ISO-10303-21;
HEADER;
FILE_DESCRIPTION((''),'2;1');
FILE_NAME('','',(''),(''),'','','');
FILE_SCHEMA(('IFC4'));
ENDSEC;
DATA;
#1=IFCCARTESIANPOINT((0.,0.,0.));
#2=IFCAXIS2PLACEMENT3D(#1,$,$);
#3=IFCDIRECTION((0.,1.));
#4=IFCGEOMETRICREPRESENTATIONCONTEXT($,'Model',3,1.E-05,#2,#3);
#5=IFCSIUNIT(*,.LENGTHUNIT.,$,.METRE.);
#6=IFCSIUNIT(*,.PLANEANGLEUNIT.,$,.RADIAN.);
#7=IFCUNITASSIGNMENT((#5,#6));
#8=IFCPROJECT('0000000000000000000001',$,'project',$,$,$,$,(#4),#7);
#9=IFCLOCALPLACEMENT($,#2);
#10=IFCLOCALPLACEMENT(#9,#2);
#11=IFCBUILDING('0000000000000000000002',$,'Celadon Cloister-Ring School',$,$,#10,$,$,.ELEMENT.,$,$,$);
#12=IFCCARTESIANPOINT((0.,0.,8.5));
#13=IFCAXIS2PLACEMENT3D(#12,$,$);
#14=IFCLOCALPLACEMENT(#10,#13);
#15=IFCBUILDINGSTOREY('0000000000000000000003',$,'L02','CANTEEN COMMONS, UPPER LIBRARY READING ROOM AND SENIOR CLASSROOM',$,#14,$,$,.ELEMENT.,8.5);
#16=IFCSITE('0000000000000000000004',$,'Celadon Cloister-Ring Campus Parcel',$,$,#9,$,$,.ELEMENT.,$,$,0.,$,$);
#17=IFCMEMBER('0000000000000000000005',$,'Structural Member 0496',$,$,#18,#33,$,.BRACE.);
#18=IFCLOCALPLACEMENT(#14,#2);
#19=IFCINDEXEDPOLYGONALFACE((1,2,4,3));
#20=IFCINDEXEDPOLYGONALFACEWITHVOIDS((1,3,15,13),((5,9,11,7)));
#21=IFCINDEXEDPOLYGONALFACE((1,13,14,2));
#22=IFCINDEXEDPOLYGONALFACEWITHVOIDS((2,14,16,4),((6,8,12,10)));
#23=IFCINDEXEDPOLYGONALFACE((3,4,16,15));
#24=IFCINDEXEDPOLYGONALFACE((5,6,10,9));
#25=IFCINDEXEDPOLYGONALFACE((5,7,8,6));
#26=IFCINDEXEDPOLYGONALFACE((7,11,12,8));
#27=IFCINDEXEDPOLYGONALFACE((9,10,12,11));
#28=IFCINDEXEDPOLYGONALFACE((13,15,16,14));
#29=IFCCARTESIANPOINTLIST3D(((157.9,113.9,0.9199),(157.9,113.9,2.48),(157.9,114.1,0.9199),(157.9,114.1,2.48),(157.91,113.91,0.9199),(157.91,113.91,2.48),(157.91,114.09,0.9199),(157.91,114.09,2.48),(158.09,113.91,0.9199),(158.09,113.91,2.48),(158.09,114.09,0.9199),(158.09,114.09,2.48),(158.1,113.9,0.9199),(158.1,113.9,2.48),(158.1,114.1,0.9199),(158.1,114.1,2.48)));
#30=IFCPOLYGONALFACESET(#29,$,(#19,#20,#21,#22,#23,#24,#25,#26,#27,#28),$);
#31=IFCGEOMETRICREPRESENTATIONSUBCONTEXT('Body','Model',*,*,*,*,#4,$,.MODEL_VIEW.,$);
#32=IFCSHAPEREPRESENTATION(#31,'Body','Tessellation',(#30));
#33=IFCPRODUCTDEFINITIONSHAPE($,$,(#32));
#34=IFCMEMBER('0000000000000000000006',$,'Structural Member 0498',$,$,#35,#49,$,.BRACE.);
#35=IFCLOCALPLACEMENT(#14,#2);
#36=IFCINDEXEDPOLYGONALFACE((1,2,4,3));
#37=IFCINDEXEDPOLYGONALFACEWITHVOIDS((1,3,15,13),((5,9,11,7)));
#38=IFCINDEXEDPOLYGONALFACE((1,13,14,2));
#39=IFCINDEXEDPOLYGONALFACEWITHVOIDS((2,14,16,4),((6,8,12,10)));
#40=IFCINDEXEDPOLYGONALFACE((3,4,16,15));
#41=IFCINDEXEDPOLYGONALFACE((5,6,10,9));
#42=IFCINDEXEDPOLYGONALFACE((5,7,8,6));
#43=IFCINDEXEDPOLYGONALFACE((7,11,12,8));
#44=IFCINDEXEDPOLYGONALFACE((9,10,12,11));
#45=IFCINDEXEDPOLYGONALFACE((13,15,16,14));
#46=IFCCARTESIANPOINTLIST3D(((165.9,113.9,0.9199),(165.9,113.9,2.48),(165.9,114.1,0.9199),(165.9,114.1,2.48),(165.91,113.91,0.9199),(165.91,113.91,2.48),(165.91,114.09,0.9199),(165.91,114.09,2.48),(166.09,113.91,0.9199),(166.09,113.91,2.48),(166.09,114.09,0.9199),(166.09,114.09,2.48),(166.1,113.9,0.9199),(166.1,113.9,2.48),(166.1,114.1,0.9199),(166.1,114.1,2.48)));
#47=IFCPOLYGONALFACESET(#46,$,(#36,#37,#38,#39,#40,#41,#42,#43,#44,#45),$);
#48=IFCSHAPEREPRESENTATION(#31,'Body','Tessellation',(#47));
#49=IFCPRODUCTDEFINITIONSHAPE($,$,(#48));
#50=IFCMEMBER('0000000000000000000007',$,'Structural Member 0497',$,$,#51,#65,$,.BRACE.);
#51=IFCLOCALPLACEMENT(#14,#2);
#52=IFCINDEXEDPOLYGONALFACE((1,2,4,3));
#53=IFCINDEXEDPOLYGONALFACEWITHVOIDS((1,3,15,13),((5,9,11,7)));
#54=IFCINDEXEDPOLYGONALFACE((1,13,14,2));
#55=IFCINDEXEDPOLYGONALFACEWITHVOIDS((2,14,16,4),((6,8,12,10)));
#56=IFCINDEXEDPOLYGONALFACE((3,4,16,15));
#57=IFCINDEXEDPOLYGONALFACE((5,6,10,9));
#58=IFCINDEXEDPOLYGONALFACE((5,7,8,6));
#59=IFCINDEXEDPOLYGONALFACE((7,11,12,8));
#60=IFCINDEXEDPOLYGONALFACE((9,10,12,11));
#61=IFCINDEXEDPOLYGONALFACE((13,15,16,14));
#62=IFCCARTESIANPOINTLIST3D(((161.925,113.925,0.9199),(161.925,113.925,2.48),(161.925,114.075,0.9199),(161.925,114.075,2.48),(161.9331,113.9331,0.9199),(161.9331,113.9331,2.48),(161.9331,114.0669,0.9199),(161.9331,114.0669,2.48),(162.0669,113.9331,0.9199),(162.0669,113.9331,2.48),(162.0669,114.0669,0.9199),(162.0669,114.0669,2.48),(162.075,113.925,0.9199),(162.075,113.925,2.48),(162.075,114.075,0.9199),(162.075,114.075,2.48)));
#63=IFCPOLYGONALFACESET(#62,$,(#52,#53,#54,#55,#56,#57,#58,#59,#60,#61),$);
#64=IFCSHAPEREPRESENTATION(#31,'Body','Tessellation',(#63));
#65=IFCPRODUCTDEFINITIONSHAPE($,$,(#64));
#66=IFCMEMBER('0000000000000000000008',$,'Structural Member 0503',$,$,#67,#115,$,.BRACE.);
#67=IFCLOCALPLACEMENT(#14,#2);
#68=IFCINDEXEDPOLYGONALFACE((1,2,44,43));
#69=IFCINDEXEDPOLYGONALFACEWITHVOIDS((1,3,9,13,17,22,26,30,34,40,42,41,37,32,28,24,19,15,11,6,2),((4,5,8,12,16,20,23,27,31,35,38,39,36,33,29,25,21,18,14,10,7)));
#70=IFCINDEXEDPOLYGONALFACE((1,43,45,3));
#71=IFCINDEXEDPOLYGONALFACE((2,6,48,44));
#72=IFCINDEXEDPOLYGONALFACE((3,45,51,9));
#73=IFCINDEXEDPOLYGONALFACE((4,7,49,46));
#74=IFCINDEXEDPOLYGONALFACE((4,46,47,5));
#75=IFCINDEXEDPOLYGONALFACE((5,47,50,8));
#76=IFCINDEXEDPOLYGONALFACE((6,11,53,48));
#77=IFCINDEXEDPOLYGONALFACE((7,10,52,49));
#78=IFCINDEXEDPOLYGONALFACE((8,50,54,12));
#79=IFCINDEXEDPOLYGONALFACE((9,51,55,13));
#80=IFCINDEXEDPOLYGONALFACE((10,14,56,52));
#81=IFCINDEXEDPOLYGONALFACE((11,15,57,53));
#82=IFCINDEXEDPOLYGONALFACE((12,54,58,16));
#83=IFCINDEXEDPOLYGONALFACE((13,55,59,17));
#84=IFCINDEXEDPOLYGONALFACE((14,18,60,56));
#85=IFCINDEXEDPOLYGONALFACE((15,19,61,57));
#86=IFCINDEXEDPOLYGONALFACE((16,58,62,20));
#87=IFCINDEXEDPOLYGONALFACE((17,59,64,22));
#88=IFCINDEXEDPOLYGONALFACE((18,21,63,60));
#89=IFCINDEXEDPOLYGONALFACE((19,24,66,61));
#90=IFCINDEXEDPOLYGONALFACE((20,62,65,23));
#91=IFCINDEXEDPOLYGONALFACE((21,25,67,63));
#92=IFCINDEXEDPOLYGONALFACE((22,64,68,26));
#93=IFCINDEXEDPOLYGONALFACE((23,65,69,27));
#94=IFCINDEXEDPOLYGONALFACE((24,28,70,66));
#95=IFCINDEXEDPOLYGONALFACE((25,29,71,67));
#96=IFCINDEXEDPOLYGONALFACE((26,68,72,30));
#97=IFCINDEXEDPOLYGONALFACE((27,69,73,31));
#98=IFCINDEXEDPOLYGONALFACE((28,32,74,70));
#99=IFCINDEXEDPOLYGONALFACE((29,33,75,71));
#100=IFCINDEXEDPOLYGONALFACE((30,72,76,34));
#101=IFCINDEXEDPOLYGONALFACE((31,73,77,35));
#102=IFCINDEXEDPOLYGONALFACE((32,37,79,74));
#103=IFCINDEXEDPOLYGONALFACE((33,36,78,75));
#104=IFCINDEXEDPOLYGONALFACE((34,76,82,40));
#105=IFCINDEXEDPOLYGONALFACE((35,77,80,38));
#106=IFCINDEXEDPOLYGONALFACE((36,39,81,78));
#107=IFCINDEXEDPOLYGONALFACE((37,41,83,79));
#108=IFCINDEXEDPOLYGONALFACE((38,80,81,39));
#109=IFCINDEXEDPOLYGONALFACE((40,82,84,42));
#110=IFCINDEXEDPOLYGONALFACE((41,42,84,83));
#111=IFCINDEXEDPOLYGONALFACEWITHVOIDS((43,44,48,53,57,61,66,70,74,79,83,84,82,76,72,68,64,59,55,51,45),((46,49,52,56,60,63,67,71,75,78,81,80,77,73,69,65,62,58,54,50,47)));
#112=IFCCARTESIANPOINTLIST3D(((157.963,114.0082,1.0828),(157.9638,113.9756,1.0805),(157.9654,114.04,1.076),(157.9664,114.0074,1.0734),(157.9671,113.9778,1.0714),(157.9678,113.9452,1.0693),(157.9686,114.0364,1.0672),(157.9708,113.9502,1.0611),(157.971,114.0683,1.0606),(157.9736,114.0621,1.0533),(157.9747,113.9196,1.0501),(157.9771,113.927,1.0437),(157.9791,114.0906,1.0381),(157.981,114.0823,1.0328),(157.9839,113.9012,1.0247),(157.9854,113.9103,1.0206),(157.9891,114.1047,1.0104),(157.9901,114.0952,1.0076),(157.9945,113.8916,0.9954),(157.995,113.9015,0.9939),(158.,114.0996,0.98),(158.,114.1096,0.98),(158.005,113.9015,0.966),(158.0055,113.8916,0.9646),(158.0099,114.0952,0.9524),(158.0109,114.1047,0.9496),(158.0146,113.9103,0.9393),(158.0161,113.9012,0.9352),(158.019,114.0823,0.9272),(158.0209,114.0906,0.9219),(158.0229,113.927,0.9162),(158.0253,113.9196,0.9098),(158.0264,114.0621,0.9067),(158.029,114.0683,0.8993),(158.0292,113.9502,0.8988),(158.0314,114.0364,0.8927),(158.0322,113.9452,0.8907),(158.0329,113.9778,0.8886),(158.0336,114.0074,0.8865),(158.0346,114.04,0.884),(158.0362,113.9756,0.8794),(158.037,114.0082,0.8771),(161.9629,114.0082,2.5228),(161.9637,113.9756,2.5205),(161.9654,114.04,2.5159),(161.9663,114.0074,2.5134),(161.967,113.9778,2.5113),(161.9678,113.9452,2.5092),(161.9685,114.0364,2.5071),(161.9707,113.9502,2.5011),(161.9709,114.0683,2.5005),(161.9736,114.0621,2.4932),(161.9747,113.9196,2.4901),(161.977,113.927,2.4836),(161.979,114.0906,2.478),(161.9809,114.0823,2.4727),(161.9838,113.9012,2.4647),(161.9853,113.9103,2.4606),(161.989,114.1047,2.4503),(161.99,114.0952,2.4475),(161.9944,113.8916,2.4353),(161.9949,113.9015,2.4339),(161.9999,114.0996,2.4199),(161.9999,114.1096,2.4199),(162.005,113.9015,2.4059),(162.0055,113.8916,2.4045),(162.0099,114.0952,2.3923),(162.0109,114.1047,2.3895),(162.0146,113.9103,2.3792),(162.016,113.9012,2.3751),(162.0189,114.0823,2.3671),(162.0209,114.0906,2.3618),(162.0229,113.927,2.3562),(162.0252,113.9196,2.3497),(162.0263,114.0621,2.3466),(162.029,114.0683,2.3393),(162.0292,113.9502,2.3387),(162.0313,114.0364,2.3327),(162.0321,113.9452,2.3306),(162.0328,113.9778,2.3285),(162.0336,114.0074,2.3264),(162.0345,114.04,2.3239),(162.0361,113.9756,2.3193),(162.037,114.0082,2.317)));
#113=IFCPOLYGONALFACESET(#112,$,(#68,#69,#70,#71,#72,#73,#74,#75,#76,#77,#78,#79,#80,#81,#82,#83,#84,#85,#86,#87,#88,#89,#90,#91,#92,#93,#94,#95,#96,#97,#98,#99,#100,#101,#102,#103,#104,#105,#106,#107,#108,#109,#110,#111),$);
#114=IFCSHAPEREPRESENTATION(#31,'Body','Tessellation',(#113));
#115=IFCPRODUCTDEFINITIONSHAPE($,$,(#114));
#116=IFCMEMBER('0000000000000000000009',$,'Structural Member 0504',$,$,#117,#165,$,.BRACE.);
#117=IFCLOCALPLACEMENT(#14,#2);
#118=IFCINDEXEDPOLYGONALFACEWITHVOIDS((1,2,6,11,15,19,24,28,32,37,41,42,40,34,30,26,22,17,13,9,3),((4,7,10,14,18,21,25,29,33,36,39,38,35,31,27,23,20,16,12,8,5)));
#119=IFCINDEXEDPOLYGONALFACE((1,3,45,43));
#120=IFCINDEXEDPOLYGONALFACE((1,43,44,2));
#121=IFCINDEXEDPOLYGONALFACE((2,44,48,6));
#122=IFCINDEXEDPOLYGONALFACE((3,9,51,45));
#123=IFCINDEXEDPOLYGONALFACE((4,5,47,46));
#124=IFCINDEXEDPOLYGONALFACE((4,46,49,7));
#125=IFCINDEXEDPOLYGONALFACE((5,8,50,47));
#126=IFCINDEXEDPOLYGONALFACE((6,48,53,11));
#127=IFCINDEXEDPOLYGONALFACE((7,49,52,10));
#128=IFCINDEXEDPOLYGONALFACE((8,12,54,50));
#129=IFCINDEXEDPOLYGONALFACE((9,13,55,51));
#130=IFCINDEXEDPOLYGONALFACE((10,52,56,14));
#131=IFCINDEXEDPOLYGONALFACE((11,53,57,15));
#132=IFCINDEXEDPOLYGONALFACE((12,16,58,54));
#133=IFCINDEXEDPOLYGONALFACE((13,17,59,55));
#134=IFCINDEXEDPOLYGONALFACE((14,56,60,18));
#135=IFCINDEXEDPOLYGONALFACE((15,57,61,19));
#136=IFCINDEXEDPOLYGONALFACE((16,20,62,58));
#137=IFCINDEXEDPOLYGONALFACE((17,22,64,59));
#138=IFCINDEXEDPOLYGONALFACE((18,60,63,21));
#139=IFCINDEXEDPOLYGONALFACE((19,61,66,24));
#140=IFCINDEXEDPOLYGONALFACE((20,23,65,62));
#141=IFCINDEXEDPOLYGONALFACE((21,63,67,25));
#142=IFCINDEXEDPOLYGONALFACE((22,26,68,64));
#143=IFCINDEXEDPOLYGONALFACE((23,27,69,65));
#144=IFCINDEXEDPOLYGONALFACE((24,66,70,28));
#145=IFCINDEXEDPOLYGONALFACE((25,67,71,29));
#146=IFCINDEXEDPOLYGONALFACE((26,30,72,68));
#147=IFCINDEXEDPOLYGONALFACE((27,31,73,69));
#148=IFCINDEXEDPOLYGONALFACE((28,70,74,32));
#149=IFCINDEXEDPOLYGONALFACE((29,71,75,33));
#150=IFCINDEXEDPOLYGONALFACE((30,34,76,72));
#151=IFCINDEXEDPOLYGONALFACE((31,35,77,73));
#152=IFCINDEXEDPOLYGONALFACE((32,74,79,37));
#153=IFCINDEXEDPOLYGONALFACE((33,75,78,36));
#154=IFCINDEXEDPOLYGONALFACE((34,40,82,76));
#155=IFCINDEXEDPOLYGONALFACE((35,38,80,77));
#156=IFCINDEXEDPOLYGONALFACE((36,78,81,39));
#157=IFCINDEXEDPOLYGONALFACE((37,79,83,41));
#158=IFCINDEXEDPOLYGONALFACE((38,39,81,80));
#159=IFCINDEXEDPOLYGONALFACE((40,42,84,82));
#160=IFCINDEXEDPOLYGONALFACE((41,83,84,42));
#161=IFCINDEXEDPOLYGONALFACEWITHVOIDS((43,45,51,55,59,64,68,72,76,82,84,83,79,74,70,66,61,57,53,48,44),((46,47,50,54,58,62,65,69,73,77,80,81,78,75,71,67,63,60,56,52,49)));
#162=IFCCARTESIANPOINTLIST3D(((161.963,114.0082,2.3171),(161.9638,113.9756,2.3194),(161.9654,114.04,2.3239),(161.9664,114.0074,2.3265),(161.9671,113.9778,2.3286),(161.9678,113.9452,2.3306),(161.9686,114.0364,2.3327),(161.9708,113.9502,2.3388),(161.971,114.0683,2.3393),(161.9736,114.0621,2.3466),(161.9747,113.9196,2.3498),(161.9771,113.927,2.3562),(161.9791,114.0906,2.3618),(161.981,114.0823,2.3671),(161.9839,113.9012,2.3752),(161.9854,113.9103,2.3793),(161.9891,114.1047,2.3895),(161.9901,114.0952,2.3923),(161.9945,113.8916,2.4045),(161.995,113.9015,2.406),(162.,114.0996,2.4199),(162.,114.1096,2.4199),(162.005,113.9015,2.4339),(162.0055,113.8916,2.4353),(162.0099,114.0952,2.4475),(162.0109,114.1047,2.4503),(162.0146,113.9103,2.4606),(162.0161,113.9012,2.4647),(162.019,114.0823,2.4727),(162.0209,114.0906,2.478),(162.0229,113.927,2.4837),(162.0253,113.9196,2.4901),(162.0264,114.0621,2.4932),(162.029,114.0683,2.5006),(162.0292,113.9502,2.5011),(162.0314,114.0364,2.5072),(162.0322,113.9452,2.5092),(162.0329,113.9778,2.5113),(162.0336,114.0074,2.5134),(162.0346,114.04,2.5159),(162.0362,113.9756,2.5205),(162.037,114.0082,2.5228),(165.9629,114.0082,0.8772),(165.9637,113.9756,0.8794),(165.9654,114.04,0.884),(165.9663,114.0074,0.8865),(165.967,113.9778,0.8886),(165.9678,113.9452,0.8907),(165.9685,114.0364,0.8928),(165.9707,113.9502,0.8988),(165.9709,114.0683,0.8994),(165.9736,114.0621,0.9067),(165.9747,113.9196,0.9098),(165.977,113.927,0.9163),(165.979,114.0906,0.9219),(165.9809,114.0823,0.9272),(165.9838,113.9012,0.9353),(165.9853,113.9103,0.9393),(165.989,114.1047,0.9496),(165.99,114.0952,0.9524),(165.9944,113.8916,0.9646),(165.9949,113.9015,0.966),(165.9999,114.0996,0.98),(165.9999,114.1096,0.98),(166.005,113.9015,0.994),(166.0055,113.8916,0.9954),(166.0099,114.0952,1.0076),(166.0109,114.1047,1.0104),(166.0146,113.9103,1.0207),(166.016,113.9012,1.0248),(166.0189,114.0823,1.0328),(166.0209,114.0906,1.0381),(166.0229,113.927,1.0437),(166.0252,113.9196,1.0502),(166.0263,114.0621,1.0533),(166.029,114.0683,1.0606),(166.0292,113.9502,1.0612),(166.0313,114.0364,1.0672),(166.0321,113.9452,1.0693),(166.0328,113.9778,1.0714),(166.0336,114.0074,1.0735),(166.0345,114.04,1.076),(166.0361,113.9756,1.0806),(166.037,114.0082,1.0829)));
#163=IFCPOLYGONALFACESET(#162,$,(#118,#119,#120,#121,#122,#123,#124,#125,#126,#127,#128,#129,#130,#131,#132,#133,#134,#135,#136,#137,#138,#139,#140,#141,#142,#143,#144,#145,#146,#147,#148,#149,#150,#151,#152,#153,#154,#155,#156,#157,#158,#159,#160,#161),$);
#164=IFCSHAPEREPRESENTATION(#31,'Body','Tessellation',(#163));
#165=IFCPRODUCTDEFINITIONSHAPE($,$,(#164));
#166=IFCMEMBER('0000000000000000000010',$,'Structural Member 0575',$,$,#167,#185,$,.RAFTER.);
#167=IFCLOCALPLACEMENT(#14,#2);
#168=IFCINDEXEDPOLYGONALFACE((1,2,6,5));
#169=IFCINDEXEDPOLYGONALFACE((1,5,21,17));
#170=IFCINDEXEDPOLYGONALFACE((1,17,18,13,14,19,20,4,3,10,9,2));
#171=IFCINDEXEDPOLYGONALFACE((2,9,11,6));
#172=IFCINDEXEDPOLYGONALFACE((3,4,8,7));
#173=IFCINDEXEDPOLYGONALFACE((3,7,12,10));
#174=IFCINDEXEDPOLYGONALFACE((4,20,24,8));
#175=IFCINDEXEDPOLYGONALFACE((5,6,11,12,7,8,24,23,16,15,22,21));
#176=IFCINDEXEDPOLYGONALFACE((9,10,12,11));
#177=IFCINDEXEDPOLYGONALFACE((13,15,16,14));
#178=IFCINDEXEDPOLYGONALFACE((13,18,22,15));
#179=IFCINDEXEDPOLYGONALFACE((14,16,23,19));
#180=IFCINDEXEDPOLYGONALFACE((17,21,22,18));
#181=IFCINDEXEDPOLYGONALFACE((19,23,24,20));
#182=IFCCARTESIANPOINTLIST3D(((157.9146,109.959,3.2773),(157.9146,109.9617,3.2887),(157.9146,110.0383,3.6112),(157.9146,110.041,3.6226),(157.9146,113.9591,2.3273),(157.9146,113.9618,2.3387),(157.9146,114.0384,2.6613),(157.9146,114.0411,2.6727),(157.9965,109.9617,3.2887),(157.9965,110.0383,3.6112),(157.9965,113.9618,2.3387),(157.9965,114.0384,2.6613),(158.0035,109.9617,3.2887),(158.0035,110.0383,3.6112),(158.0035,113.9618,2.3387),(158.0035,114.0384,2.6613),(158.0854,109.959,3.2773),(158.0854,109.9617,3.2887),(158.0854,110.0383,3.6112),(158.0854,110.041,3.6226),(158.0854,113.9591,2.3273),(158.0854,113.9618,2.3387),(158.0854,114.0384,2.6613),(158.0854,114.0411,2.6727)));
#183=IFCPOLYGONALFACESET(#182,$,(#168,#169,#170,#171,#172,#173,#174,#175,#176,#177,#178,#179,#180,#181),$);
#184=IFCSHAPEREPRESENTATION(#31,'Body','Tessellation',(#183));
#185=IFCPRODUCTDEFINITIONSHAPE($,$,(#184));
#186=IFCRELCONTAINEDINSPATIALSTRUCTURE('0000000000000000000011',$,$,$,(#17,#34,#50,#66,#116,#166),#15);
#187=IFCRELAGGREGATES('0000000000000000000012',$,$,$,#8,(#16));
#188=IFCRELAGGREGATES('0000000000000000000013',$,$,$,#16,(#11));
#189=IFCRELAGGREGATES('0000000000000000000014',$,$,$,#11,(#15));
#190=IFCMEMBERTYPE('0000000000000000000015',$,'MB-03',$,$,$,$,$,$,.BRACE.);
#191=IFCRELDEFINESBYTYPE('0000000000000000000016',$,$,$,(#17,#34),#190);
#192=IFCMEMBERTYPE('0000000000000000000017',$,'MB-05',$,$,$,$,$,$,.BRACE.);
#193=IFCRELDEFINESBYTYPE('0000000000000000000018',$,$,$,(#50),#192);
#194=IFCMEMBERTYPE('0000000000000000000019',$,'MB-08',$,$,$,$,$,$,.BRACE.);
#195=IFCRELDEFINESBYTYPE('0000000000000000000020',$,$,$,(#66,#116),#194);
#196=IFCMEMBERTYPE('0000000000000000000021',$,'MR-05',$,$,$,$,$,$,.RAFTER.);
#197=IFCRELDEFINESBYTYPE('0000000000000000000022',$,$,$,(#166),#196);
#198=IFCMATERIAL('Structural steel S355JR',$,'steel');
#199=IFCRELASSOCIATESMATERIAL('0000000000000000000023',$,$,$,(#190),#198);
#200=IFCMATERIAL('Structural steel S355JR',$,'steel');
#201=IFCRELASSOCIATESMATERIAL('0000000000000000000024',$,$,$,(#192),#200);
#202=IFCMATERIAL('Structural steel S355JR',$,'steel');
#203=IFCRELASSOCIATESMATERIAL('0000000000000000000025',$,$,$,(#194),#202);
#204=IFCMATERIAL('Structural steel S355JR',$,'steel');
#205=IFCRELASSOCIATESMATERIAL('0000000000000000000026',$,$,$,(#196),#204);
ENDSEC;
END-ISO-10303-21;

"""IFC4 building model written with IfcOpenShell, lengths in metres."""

from ifc_helpers import new_model, si_unit, direction, frame, origin, origin_2d, place, context, subcontext, project, spatial, hollow_rectangle, hollow_circle, i_section, extrude, material, material_profile, profile_set, type_object, element, save


model = new_model("IFC4")

# Units and contexts
model_context = context("Model", 3, precision=1e-05, world=origin(), true_north=direction((0.0, 1.0)))
body_context = subcontext(model_context, "Body", "Model", "MODEL_VIEW")
ifc_project = project(units=[si_unit("LENGTHUNIT", "METRE"), si_unit("PLANEANGLEUNIT", "RADIAN")], contexts=[model_context])

# Site, building, storey
site_placement = place(None, origin())
site = spatial("IfcSite", under=ifc_project, at=site_placement, Name="Celadon Cloister-Ring Campus Parcel", CompositionType="ELEMENT", RefElevation=0.0)
building_placement = place(site_placement, origin())
building = spatial("IfcBuilding", under=site, at=building_placement, Name="Celadon Cloister-Ring School", CompositionType="ELEMENT")
storey_placement = place(building_placement, frame((0.0, 0.0, 8.5)))
storey = spatial("IfcBuildingStorey", under=building, at=storey_placement, Name="L02", Description="CANTEEN COMMONS, UPPER LIBRARY READING ROOM AND SENIOR CLASSROOM", CompositionType="ELEMENT", Elevation=8.5)

# Members
ifc_material_1 = material(Name="Structural steel S355JR", Category="steel")
ifc_material_profile_1 = material_profile(ifc_material_1, hollow_rectangle(XDim=0.2, YDim=0.2, WallThickness=0.01, at=origin_2d()), Name="HSS200X200X10")
ifc_profile_set_1 = profile_set([ifc_material_profile_1], Name="Structural steel S355JR")
member_type_1 = type_object("IfcMemberType", Name="MB-03", PredefinedType="BRACE", material=ifc_profile_set_1)
for number, where, z_axis, x_axis, name in (
    (1, (158.0, 114.0, 0.9199), (0.0, 0.0, 1.0), (1.0, 0.0, 0.0), "Structural Member 0496"),
    (2, (166.0, 114.0, 0.9199), (0.0, 0.0, 1.0), (1.0, 0.0, 0.0), "Structural Member 0498"),
):
    element("IfcMember", number, at=place(storey_placement, frame(where, z_axis=z_axis, x_axis=x_axis)), inside=storey, type_object=member_type_1, Name=name, PredefinedType="BRACE", context=body_context, shape_type="SweptSolid", body=[
        extrude(hollow_rectangle(XDim=0.2, YDim=0.2, WallThickness=0.01, at=origin_2d()), origin(), (0.0, 0.0, 1.0), 1.5601),
    ])
ifc_material_2 = material(Name="Structural steel S355JR", Category="steel")
ifc_material_profile_2 = material_profile(ifc_material_2, hollow_rectangle(XDim=0.1499, YDim=0.1499, WallThickness=0.0081, at=origin_2d()), Name="HSS150X150X8")
ifc_profile_set_2 = profile_set([ifc_material_profile_2], Name="Structural steel S355JR")
member_type_2 = type_object("IfcMemberType", Name="MB-05", PredefinedType="BRACE", material=ifc_profile_set_2)
member_placement = place(storey_placement, frame((162.0, 114.0, 0.9199), z_axis=(0.0, 0.0, 1.0), x_axis=(1.0, 0.0, 0.0)))
element("IfcMember", 3, at=member_placement, inside=storey, type_object=member_type_2, Name="Structural Member 0497", PredefinedType="BRACE", context=body_context, shape_type="SweptSolid", body=[
    extrude(hollow_rectangle(XDim=0.1499, YDim=0.1499, WallThickness=0.0081, at=origin_2d()), origin(), (0.0, 0.0, 1.0), 1.5601),
])
ifc_material_3 = material(Name="Structural steel S355JR", Category="steel")
ifc_material_profile_3 = material_profile(ifc_material_3, hollow_circle(Radius=0.1096, WallThickness=0.01, at=origin_2d()), Name="CHS219.1X10")
ifc_profile_set_3 = profile_set([ifc_material_profile_3], Name="Structural steel S355JR")
member_type_3 = type_object("IfcMemberType", Name="MB-08", PredefinedType="BRACE", material=ifc_profile_set_3)
for number, where, z_axis, x_axis, name in (
    (4, (158.0, 114.0, 0.98), (0.940892, 0.0, 0.338707), (0.0, 1.0, 0.0), "Structural Member 0503"),
    (5, (162.0, 114.0, 2.4199), (0.940892, 0.0, -0.338707), (0.0, 1.0, 0.0), "Structural Member 0504"),
):
    element("IfcMember", number, at=place(storey_placement, frame(where, z_axis=z_axis, x_axis=x_axis)), inside=storey, type_object=member_type_3, Name=name, PredefinedType="BRACE", context=body_context, shape_type="SweptSolid", body=[
        extrude(hollow_circle(Radius=0.1096, WallThickness=0.01, at=origin_2d()), origin(), (0.0, 0.0, 1.0), 4.2512),
    ])
ifc_material_4 = material(Name="Structural steel S355JR", Category="steel")
ifc_material_profile_4 = material_profile(ifc_material_4, i_section(OverallWidth=0.1709, OverallDepth=0.355, WebThickness=0.0071, FlangeThickness=0.0117, at=origin_2d()), Name="W360X51")
ifc_profile_set_4 = profile_set([ifc_material_profile_4], Name="Structural steel S355JR")
member_type_4 = type_object("IfcMemberType", Name="MR-05", PredefinedType="RAFTER", material=ifc_profile_set_4)
for number, where, z_axis, x_axis, name in (
    (6, (158.0, 110.0, 3.45), (0.0, 0.972939, -0.231061), (-1.0, 0.0, 0.0), "Structural Member 0575"),
):
    element("IfcMember", number, at=place(storey_placement, frame(where, z_axis=z_axis, x_axis=x_axis)), inside=storey, type_object=member_type_4, Name=name, PredefinedType="RAFTER", context=body_context, shape_type="SweptSolid", body=[
        extrude(i_section(OverallWidth=0.1709, OverallDepth=0.355, WebThickness=0.0071, FlangeThickness=0.0117, at=origin_2d()), origin(), (0.0, 0.0, 1.0), 4.1113),
    ])

save(model, "model.ifc")
